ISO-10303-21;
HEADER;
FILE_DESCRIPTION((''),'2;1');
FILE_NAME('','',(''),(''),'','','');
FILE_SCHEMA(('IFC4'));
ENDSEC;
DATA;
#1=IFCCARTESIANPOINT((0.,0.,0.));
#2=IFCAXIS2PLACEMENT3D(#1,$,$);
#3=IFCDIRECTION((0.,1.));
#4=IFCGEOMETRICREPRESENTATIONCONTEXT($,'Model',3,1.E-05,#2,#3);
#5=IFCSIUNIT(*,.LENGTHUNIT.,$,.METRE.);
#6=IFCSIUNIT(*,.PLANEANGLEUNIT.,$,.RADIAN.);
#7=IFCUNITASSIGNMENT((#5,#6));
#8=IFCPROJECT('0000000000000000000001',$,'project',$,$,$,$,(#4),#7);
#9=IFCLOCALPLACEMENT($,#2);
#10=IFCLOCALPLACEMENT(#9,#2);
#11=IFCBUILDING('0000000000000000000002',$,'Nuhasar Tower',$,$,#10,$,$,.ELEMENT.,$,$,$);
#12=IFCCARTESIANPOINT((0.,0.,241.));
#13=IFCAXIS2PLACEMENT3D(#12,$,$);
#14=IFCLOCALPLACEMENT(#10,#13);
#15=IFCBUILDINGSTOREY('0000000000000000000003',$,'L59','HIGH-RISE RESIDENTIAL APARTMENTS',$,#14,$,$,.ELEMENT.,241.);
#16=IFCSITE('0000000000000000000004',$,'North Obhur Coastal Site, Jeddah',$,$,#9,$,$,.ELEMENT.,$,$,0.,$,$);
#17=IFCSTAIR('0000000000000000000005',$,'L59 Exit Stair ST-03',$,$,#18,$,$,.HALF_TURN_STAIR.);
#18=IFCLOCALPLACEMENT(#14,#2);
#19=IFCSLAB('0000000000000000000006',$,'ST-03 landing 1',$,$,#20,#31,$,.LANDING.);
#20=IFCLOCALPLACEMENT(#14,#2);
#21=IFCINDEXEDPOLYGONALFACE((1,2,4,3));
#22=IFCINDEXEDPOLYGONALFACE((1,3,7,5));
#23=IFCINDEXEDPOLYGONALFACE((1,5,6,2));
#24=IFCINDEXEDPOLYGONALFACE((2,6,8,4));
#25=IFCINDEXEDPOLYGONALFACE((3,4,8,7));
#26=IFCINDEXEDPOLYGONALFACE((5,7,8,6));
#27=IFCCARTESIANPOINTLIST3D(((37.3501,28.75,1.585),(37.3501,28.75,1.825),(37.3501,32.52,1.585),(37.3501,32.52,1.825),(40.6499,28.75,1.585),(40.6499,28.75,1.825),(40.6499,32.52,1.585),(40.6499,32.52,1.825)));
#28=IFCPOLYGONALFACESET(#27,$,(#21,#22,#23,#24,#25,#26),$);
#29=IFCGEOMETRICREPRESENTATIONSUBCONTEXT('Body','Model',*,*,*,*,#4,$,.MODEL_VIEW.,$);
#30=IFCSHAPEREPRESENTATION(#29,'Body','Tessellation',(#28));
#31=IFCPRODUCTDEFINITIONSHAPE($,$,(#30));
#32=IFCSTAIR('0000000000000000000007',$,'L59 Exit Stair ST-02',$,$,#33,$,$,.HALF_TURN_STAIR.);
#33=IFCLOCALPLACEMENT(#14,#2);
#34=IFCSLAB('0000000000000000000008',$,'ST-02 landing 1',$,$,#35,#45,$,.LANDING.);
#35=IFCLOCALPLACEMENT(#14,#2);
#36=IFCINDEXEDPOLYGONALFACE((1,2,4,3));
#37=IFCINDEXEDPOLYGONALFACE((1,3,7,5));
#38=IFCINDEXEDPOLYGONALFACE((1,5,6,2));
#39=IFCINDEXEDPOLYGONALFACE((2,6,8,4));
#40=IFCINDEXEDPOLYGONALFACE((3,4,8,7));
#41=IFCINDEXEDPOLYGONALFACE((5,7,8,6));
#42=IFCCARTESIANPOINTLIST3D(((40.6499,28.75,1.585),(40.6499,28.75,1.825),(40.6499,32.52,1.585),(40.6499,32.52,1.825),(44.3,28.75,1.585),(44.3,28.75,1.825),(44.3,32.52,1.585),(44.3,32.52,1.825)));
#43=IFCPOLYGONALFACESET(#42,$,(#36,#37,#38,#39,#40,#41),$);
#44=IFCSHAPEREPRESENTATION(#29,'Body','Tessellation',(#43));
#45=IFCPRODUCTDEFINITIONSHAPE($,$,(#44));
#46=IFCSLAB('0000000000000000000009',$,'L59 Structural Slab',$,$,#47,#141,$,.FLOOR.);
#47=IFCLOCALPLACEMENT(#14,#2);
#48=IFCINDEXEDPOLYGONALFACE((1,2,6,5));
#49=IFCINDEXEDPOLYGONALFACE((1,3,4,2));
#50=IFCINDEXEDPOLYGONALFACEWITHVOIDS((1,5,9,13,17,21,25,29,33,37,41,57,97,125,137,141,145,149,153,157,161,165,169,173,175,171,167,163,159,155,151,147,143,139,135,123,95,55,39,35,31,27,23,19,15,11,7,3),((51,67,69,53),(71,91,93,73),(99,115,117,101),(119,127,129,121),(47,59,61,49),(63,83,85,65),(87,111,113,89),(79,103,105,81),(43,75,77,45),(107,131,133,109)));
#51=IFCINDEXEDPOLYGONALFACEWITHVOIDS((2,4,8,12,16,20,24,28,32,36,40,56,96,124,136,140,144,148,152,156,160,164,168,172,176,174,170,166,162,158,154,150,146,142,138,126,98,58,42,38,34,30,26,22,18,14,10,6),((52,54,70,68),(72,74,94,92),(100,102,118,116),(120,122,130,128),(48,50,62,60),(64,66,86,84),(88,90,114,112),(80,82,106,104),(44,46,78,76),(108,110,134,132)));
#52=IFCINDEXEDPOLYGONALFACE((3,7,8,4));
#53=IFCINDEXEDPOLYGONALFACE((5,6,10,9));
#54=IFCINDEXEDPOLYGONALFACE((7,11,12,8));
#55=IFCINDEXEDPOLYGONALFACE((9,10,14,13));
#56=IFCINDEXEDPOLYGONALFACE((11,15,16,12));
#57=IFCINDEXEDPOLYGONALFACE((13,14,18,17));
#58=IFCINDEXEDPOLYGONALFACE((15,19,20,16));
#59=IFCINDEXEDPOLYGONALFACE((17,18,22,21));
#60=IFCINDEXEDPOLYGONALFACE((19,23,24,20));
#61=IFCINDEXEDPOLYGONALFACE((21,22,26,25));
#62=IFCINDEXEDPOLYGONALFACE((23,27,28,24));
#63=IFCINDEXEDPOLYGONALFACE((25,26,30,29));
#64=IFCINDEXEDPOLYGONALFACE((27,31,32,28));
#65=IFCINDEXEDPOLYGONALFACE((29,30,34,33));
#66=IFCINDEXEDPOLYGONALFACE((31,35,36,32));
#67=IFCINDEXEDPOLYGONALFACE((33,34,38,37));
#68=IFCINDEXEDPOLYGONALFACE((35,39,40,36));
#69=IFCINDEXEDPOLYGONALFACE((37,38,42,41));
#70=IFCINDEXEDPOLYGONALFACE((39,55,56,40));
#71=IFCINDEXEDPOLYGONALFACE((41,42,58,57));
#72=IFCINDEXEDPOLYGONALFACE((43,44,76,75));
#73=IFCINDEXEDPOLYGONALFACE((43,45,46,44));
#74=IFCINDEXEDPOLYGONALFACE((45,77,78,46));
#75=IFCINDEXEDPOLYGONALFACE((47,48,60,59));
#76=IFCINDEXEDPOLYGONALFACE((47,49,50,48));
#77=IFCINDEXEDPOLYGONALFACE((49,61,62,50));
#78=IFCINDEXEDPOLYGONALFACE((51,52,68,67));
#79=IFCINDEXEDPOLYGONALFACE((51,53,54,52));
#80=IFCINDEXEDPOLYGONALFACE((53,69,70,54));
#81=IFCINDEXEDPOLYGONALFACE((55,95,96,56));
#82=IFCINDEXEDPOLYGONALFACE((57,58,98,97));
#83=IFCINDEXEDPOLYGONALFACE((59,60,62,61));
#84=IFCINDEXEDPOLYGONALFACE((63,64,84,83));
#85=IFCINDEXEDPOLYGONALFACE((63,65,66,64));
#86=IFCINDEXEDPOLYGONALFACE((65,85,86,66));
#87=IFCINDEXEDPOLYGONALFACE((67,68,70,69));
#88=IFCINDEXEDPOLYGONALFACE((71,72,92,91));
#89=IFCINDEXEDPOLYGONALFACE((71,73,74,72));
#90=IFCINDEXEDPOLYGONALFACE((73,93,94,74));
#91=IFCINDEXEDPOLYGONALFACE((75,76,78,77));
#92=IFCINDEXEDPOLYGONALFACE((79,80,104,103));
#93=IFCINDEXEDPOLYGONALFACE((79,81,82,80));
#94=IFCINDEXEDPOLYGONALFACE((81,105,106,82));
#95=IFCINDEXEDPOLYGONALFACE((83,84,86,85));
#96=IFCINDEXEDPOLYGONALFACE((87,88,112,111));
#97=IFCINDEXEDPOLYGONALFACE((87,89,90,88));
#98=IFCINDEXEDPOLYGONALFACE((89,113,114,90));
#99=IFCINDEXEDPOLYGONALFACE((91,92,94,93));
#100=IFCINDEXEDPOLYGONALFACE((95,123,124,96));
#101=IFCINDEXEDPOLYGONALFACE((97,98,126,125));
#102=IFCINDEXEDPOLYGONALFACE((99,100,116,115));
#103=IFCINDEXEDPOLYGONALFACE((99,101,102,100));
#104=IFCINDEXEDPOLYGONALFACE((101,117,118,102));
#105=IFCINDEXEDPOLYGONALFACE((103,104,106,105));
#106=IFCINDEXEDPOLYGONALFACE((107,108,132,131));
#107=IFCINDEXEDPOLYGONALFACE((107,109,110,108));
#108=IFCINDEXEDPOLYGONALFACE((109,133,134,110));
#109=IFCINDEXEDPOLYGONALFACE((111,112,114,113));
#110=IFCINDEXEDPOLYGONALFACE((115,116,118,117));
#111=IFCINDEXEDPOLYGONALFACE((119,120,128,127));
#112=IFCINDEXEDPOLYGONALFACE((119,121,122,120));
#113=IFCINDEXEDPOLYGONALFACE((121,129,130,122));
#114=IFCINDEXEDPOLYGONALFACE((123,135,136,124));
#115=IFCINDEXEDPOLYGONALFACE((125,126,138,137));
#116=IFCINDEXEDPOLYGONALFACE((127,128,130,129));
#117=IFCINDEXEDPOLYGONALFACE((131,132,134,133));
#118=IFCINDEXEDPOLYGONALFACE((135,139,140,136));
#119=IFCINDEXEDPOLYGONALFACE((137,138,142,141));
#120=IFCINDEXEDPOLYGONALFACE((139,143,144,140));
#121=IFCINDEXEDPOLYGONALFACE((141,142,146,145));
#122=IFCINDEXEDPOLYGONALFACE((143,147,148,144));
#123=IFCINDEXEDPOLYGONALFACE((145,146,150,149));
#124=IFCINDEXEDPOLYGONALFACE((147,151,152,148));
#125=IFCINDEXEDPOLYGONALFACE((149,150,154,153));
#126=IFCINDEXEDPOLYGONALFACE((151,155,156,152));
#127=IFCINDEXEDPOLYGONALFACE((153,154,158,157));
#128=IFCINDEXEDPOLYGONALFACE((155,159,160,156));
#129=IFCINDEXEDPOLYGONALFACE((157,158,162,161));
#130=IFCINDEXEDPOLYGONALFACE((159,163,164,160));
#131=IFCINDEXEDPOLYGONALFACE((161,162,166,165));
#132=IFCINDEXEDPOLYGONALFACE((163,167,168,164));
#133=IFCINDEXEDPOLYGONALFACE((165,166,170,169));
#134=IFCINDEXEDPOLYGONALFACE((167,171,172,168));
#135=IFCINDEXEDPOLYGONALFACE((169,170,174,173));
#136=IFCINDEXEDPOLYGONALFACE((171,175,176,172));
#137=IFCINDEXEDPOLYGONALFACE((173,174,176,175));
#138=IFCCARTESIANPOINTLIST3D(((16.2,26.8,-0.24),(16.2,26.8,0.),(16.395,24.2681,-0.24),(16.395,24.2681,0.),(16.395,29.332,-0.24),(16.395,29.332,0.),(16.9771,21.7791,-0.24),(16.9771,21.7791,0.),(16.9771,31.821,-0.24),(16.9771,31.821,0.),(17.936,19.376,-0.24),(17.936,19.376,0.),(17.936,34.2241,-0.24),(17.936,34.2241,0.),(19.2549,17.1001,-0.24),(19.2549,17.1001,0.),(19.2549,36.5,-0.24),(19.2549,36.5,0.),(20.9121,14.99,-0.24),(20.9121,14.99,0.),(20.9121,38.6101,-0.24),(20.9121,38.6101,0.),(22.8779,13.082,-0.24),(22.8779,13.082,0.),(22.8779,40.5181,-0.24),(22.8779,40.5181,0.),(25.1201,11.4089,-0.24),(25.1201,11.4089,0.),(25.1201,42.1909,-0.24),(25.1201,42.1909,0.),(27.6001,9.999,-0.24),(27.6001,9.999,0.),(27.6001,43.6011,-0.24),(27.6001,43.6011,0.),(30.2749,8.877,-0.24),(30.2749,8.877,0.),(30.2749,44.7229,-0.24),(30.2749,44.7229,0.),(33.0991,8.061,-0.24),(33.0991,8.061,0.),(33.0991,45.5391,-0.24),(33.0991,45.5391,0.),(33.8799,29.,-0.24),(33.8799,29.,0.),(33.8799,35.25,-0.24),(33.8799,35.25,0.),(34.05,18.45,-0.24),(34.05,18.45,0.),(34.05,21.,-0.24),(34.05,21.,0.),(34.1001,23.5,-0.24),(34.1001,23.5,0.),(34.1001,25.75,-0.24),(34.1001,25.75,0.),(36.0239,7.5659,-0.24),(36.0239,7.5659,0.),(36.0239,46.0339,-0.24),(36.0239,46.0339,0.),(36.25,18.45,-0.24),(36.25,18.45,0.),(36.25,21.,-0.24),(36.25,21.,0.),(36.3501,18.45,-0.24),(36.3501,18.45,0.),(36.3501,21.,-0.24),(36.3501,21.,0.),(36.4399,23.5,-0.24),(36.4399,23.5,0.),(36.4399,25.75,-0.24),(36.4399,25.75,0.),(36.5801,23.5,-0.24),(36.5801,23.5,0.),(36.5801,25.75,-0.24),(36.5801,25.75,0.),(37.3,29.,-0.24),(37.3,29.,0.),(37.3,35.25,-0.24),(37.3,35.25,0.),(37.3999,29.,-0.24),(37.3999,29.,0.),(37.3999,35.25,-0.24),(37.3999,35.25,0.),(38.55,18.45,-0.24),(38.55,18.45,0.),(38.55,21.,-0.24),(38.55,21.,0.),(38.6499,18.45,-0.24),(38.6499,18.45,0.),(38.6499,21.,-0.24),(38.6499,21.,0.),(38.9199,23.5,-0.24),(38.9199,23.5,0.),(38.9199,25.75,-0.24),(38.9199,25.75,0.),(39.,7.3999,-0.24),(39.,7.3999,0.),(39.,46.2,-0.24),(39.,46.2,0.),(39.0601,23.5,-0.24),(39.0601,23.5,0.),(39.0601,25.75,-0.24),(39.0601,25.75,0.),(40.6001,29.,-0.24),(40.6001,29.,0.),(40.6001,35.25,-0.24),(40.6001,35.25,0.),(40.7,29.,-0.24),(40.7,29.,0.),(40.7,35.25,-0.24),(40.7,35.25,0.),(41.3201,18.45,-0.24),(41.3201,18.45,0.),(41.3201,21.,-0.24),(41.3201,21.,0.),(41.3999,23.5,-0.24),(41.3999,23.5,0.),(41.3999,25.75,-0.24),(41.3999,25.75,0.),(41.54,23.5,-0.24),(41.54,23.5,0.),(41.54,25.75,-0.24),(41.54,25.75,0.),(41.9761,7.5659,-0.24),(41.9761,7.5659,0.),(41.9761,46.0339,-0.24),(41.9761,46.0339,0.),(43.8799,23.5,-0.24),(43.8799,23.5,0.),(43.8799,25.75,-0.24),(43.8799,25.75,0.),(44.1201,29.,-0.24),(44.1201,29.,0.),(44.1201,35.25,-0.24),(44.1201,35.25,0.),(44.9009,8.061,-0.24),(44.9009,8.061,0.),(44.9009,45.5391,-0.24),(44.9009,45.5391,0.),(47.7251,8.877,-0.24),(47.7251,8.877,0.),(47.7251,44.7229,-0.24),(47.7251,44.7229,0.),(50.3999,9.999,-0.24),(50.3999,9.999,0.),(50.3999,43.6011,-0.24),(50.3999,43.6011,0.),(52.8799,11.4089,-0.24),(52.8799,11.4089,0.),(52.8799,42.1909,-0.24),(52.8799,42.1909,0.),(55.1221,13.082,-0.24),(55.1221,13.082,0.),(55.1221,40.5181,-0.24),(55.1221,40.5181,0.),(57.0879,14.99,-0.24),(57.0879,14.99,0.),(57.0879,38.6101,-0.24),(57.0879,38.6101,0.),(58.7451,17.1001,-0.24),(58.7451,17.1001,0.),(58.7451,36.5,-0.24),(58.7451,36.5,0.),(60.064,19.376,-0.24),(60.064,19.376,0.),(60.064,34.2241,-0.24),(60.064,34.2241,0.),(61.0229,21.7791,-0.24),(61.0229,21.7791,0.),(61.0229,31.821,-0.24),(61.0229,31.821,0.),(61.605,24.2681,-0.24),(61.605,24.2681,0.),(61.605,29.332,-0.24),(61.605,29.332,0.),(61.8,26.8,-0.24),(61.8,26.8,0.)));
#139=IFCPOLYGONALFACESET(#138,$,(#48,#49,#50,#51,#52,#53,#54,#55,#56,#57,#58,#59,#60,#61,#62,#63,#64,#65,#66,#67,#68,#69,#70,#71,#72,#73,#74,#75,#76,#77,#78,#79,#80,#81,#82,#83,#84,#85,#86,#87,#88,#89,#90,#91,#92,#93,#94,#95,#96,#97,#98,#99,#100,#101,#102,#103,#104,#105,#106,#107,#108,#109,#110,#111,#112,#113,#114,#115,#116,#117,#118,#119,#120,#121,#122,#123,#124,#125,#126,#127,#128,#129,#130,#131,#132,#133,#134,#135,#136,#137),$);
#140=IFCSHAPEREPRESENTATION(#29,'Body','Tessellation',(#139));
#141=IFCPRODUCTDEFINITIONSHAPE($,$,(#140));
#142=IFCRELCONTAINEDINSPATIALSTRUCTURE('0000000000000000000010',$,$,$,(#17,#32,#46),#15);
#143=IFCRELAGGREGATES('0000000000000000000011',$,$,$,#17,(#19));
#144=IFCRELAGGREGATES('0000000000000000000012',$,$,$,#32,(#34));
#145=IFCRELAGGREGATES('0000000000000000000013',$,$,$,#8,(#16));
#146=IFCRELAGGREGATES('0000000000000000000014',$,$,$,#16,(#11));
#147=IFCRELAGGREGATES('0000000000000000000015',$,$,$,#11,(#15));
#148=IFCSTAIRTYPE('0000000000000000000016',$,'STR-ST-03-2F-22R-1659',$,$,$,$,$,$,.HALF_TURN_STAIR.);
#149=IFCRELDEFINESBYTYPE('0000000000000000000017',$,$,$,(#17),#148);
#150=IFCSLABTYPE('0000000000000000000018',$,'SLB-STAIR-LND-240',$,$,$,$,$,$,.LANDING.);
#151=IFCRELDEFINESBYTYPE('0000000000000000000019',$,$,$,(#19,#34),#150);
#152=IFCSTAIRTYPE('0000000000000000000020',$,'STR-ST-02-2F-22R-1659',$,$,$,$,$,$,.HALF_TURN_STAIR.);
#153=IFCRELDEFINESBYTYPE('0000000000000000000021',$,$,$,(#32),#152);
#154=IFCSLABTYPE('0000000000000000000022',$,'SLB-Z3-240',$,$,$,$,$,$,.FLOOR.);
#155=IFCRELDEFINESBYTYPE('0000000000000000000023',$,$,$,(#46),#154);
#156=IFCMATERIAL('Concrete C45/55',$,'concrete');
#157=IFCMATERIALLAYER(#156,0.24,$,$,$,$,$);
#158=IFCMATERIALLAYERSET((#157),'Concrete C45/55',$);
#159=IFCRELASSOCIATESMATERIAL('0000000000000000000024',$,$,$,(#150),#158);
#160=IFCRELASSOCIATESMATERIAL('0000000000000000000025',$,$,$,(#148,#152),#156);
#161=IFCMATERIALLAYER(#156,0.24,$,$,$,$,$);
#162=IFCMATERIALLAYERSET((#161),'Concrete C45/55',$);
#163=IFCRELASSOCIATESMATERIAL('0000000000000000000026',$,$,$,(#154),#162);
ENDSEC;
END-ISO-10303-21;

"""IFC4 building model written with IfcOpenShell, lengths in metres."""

from ifc_helpers import new_model, si_unit, direction, frame, origin, place, context, subcontext, project, spatial, polyline, outline, extrude, material, layer, layer_set, type_object, element, aggregate, save


model = new_model("IFC4")

# Units and contexts
model_context = context("Model", 3, precision=1e-05, world=origin(), true_north=direction((0.0, 1.0)))
body_context = subcontext(model_context, "Body", "Model", "MODEL_VIEW")
ifc_project = project(units=[si_unit("LENGTHUNIT", "METRE"), si_unit("PLANEANGLEUNIT", "RADIAN")], contexts=[model_context])

# Site, building, storey
site_placement = place(None, origin())
site = spatial("IfcSite", under=ifc_project, at=site_placement, Name="North Obhur Coastal Site, Jeddah", CompositionType="ELEMENT", RefElevation=0.0)
building_placement = place(site_placement, origin())
building = spatial("IfcBuilding", under=site, at=building_placement, Name="Nuhasar Tower", CompositionType="ELEMENT")
storey_placement = place(building_placement, frame((0.0, 0.0, 241.0)))
storey = spatial("IfcBuildingStorey", under=building, at=storey_placement, Name="L59", Description="HIGH-RISE RESIDENTIAL APARTMENTS", CompositionType="ELEMENT", Elevation=241.0)

# Stairs, slabs
ifc_material_1 = material(Name="Concrete C45/55", Category="concrete")
ifc_layer_1 = layer(ifc_material_1, 0.24)
ifc_layer_set_1 = layer_set([ifc_layer_1], Name="Concrete C45/55")
slab_type_1 = type_object("IfcSlabType", Name="SLB-STAIR-LND-240", PredefinedType="LANDING", material=ifc_layer_set_1)
stair_type_1 = type_object("IfcStairType", Name="STR-ST-03-2F-22R-1659", PredefinedType="HALF_TURN_STAIR", material=ifc_material_1)
stair_1_placement = place(storey_placement, origin())
stair_1 = element("IfcStair", 1, at=stair_1_placement, inside=storey, type_object=stair_type_1, Name="L59 Exit Stair ST-03", PredefinedType="HALF_TURN_STAIR")
slab_1_placement = place(storey_placement, frame((0.0, 0.0, 1.585)))
slab_1 = element("IfcSlab", 2, at=slab_1_placement, type_object=slab_type_1, Name="ST-03 landing 1", PredefinedType="LANDING", context=body_context, shape_type="SweptSolid", body=[
    extrude(outline(polyline([(37.3501, 28.75), (40.6499, 28.75), (40.6499, 32.52), (37.3501, 32.52), (37.3501, 28.75)])), origin(), (0.0, 0.0, 1.0), 0.24),
])
aggregate(stair_1, [slab_1])
stair_type_2 = type_object("IfcStairType", Name="STR-ST-02-2F-22R-1659", PredefinedType="HALF_TURN_STAIR", material=ifc_material_1)
stair_2_placement = place(storey_placement, origin())
stair_2 = element("IfcStair", 3, at=stair_2_placement, inside=storey, type_object=stair_type_2, Name="L59 Exit Stair ST-02", PredefinedType="HALF_TURN_STAIR")
slab_2_placement = place(storey_placement, frame((0.0, 0.0, 1.585)))
slab_2 = element("IfcSlab", 4, at=slab_2_placement, type_object=slab_type_1, Name="ST-02 landing 1", PredefinedType="LANDING", context=body_context, shape_type="SweptSolid", body=[
    extrude(outline(polyline([(40.6499, 28.75), (44.3, 28.75), (44.3, 32.52), (40.6499, 32.52), (40.6499, 28.75)])), origin(), (0.0, 0.0, 1.0), 0.24),
])
aggregate(stair_2, [slab_2])

# Slab
ifc_layer_2 = layer(ifc_material_1, 0.24)
ifc_layer_set_2 = layer_set([ifc_layer_2], Name="Concrete C45/55")
slab_type_2 = type_object("IfcSlabType", Name="SLB-Z3-240", PredefinedType="FLOOR", material=ifc_layer_set_2)
slab_3_placement = place(storey_placement, frame((0.0, 0.0, -0.24)))
element("IfcSlab", 5, at=slab_3_placement, inside=storey, type_object=slab_type_2, Name="L59 Structural Slab", PredefinedType="FLOOR", context=body_context, shape_type="SweptSolid", body=[
    extrude(outline(polyline([(61.8, 26.8), (61.605, 29.332), (61.0229, 31.821), (60.064, 34.2241), (58.7451, 36.5), (57.0879, 38.6101), (55.1221, 40.5181), (52.8799, 42.1909), (50.3999, 43.6011), (47.7251, 44.7229), (44.9009, 45.5391), (41.9761, 46.0339), (39.0, 46.2), (36.0239, 46.0339), (33.0991, 45.5391), (30.2749, 44.7229), (27.6001, 43.6011), (25.1201, 42.1909), (22.8779, 40.5181), (20.9121, 38.6101), (19.2549, 36.5), (17.936, 34.2241), (16.9771, 31.821), (16.395, 29.332), (16.2, 26.8), (16.395, 24.2681), (16.9771, 21.7791), (17.936, 19.376), (19.2549, 17.1001), (20.9121, 14.99), (22.8779, 13.082), (25.1201, 11.4089), (27.6001, 9.999), (30.2749, 8.877), (33.0991, 8.061), (36.0239, 7.5659), (39.0, 7.3999), (41.9761, 7.5659), (44.9009, 8.061), (47.7251, 8.877), (50.3999, 9.999), (52.8799, 11.4089), (55.1221, 13.082), (57.0879, 14.99), (58.7451, 17.1001), (60.064, 19.376), (61.0229, 21.7791), (61.605, 24.2681), (61.8, 26.8)]), holes=[polyline([(33.8799, 35.25), (37.3, 35.25), (37.3, 29.0), (33.8799, 29.0), (33.8799, 35.25)]), polyline([(37.3999, 35.25), (40.6001, 35.25), (40.6001, 29.0), (37.3999, 29.0), (37.3999, 35.25)]), polyline([(40.7, 35.25), (44.1201, 35.25), (44.1201, 29.0), (40.7, 29.0), (40.7, 35.25)]), polyline([(34.1001, 25.75), (36.4399, 25.75), (36.4399, 23.5), (34.1001, 23.5), (34.1001, 25.75)]), polyline([(36.5801, 25.75), (38.9199, 25.75), (38.9199, 23.5), (36.5801, 23.5), (36.5801, 25.75)]), polyline([(39.0601, 25.75), (41.3999, 25.75), (41.3999, 23.5), (39.0601, 23.5), (39.0601, 25.75)]), polyline([(41.54, 25.75), (43.8799, 25.75), (43.8799, 23.5), (41.54, 23.5), (41.54, 25.75)]), polyline([(34.05, 21.0), (36.25, 21.0), (36.25, 18.45), (34.05, 18.45), (34.05, 21.0)]), polyline([(36.3501, 21.0), (38.55, 21.0), (38.55, 18.45), (36.3501, 18.45), (36.3501, 21.0)]), polyline([(38.6499, 21.0), (41.3201, 21.0), (41.3201, 18.45), (38.6499, 18.45), (38.6499, 21.0)])]), origin(), (0.0, 0.0, 1.0), 0.24),
])

save(model, "model.ifc")
